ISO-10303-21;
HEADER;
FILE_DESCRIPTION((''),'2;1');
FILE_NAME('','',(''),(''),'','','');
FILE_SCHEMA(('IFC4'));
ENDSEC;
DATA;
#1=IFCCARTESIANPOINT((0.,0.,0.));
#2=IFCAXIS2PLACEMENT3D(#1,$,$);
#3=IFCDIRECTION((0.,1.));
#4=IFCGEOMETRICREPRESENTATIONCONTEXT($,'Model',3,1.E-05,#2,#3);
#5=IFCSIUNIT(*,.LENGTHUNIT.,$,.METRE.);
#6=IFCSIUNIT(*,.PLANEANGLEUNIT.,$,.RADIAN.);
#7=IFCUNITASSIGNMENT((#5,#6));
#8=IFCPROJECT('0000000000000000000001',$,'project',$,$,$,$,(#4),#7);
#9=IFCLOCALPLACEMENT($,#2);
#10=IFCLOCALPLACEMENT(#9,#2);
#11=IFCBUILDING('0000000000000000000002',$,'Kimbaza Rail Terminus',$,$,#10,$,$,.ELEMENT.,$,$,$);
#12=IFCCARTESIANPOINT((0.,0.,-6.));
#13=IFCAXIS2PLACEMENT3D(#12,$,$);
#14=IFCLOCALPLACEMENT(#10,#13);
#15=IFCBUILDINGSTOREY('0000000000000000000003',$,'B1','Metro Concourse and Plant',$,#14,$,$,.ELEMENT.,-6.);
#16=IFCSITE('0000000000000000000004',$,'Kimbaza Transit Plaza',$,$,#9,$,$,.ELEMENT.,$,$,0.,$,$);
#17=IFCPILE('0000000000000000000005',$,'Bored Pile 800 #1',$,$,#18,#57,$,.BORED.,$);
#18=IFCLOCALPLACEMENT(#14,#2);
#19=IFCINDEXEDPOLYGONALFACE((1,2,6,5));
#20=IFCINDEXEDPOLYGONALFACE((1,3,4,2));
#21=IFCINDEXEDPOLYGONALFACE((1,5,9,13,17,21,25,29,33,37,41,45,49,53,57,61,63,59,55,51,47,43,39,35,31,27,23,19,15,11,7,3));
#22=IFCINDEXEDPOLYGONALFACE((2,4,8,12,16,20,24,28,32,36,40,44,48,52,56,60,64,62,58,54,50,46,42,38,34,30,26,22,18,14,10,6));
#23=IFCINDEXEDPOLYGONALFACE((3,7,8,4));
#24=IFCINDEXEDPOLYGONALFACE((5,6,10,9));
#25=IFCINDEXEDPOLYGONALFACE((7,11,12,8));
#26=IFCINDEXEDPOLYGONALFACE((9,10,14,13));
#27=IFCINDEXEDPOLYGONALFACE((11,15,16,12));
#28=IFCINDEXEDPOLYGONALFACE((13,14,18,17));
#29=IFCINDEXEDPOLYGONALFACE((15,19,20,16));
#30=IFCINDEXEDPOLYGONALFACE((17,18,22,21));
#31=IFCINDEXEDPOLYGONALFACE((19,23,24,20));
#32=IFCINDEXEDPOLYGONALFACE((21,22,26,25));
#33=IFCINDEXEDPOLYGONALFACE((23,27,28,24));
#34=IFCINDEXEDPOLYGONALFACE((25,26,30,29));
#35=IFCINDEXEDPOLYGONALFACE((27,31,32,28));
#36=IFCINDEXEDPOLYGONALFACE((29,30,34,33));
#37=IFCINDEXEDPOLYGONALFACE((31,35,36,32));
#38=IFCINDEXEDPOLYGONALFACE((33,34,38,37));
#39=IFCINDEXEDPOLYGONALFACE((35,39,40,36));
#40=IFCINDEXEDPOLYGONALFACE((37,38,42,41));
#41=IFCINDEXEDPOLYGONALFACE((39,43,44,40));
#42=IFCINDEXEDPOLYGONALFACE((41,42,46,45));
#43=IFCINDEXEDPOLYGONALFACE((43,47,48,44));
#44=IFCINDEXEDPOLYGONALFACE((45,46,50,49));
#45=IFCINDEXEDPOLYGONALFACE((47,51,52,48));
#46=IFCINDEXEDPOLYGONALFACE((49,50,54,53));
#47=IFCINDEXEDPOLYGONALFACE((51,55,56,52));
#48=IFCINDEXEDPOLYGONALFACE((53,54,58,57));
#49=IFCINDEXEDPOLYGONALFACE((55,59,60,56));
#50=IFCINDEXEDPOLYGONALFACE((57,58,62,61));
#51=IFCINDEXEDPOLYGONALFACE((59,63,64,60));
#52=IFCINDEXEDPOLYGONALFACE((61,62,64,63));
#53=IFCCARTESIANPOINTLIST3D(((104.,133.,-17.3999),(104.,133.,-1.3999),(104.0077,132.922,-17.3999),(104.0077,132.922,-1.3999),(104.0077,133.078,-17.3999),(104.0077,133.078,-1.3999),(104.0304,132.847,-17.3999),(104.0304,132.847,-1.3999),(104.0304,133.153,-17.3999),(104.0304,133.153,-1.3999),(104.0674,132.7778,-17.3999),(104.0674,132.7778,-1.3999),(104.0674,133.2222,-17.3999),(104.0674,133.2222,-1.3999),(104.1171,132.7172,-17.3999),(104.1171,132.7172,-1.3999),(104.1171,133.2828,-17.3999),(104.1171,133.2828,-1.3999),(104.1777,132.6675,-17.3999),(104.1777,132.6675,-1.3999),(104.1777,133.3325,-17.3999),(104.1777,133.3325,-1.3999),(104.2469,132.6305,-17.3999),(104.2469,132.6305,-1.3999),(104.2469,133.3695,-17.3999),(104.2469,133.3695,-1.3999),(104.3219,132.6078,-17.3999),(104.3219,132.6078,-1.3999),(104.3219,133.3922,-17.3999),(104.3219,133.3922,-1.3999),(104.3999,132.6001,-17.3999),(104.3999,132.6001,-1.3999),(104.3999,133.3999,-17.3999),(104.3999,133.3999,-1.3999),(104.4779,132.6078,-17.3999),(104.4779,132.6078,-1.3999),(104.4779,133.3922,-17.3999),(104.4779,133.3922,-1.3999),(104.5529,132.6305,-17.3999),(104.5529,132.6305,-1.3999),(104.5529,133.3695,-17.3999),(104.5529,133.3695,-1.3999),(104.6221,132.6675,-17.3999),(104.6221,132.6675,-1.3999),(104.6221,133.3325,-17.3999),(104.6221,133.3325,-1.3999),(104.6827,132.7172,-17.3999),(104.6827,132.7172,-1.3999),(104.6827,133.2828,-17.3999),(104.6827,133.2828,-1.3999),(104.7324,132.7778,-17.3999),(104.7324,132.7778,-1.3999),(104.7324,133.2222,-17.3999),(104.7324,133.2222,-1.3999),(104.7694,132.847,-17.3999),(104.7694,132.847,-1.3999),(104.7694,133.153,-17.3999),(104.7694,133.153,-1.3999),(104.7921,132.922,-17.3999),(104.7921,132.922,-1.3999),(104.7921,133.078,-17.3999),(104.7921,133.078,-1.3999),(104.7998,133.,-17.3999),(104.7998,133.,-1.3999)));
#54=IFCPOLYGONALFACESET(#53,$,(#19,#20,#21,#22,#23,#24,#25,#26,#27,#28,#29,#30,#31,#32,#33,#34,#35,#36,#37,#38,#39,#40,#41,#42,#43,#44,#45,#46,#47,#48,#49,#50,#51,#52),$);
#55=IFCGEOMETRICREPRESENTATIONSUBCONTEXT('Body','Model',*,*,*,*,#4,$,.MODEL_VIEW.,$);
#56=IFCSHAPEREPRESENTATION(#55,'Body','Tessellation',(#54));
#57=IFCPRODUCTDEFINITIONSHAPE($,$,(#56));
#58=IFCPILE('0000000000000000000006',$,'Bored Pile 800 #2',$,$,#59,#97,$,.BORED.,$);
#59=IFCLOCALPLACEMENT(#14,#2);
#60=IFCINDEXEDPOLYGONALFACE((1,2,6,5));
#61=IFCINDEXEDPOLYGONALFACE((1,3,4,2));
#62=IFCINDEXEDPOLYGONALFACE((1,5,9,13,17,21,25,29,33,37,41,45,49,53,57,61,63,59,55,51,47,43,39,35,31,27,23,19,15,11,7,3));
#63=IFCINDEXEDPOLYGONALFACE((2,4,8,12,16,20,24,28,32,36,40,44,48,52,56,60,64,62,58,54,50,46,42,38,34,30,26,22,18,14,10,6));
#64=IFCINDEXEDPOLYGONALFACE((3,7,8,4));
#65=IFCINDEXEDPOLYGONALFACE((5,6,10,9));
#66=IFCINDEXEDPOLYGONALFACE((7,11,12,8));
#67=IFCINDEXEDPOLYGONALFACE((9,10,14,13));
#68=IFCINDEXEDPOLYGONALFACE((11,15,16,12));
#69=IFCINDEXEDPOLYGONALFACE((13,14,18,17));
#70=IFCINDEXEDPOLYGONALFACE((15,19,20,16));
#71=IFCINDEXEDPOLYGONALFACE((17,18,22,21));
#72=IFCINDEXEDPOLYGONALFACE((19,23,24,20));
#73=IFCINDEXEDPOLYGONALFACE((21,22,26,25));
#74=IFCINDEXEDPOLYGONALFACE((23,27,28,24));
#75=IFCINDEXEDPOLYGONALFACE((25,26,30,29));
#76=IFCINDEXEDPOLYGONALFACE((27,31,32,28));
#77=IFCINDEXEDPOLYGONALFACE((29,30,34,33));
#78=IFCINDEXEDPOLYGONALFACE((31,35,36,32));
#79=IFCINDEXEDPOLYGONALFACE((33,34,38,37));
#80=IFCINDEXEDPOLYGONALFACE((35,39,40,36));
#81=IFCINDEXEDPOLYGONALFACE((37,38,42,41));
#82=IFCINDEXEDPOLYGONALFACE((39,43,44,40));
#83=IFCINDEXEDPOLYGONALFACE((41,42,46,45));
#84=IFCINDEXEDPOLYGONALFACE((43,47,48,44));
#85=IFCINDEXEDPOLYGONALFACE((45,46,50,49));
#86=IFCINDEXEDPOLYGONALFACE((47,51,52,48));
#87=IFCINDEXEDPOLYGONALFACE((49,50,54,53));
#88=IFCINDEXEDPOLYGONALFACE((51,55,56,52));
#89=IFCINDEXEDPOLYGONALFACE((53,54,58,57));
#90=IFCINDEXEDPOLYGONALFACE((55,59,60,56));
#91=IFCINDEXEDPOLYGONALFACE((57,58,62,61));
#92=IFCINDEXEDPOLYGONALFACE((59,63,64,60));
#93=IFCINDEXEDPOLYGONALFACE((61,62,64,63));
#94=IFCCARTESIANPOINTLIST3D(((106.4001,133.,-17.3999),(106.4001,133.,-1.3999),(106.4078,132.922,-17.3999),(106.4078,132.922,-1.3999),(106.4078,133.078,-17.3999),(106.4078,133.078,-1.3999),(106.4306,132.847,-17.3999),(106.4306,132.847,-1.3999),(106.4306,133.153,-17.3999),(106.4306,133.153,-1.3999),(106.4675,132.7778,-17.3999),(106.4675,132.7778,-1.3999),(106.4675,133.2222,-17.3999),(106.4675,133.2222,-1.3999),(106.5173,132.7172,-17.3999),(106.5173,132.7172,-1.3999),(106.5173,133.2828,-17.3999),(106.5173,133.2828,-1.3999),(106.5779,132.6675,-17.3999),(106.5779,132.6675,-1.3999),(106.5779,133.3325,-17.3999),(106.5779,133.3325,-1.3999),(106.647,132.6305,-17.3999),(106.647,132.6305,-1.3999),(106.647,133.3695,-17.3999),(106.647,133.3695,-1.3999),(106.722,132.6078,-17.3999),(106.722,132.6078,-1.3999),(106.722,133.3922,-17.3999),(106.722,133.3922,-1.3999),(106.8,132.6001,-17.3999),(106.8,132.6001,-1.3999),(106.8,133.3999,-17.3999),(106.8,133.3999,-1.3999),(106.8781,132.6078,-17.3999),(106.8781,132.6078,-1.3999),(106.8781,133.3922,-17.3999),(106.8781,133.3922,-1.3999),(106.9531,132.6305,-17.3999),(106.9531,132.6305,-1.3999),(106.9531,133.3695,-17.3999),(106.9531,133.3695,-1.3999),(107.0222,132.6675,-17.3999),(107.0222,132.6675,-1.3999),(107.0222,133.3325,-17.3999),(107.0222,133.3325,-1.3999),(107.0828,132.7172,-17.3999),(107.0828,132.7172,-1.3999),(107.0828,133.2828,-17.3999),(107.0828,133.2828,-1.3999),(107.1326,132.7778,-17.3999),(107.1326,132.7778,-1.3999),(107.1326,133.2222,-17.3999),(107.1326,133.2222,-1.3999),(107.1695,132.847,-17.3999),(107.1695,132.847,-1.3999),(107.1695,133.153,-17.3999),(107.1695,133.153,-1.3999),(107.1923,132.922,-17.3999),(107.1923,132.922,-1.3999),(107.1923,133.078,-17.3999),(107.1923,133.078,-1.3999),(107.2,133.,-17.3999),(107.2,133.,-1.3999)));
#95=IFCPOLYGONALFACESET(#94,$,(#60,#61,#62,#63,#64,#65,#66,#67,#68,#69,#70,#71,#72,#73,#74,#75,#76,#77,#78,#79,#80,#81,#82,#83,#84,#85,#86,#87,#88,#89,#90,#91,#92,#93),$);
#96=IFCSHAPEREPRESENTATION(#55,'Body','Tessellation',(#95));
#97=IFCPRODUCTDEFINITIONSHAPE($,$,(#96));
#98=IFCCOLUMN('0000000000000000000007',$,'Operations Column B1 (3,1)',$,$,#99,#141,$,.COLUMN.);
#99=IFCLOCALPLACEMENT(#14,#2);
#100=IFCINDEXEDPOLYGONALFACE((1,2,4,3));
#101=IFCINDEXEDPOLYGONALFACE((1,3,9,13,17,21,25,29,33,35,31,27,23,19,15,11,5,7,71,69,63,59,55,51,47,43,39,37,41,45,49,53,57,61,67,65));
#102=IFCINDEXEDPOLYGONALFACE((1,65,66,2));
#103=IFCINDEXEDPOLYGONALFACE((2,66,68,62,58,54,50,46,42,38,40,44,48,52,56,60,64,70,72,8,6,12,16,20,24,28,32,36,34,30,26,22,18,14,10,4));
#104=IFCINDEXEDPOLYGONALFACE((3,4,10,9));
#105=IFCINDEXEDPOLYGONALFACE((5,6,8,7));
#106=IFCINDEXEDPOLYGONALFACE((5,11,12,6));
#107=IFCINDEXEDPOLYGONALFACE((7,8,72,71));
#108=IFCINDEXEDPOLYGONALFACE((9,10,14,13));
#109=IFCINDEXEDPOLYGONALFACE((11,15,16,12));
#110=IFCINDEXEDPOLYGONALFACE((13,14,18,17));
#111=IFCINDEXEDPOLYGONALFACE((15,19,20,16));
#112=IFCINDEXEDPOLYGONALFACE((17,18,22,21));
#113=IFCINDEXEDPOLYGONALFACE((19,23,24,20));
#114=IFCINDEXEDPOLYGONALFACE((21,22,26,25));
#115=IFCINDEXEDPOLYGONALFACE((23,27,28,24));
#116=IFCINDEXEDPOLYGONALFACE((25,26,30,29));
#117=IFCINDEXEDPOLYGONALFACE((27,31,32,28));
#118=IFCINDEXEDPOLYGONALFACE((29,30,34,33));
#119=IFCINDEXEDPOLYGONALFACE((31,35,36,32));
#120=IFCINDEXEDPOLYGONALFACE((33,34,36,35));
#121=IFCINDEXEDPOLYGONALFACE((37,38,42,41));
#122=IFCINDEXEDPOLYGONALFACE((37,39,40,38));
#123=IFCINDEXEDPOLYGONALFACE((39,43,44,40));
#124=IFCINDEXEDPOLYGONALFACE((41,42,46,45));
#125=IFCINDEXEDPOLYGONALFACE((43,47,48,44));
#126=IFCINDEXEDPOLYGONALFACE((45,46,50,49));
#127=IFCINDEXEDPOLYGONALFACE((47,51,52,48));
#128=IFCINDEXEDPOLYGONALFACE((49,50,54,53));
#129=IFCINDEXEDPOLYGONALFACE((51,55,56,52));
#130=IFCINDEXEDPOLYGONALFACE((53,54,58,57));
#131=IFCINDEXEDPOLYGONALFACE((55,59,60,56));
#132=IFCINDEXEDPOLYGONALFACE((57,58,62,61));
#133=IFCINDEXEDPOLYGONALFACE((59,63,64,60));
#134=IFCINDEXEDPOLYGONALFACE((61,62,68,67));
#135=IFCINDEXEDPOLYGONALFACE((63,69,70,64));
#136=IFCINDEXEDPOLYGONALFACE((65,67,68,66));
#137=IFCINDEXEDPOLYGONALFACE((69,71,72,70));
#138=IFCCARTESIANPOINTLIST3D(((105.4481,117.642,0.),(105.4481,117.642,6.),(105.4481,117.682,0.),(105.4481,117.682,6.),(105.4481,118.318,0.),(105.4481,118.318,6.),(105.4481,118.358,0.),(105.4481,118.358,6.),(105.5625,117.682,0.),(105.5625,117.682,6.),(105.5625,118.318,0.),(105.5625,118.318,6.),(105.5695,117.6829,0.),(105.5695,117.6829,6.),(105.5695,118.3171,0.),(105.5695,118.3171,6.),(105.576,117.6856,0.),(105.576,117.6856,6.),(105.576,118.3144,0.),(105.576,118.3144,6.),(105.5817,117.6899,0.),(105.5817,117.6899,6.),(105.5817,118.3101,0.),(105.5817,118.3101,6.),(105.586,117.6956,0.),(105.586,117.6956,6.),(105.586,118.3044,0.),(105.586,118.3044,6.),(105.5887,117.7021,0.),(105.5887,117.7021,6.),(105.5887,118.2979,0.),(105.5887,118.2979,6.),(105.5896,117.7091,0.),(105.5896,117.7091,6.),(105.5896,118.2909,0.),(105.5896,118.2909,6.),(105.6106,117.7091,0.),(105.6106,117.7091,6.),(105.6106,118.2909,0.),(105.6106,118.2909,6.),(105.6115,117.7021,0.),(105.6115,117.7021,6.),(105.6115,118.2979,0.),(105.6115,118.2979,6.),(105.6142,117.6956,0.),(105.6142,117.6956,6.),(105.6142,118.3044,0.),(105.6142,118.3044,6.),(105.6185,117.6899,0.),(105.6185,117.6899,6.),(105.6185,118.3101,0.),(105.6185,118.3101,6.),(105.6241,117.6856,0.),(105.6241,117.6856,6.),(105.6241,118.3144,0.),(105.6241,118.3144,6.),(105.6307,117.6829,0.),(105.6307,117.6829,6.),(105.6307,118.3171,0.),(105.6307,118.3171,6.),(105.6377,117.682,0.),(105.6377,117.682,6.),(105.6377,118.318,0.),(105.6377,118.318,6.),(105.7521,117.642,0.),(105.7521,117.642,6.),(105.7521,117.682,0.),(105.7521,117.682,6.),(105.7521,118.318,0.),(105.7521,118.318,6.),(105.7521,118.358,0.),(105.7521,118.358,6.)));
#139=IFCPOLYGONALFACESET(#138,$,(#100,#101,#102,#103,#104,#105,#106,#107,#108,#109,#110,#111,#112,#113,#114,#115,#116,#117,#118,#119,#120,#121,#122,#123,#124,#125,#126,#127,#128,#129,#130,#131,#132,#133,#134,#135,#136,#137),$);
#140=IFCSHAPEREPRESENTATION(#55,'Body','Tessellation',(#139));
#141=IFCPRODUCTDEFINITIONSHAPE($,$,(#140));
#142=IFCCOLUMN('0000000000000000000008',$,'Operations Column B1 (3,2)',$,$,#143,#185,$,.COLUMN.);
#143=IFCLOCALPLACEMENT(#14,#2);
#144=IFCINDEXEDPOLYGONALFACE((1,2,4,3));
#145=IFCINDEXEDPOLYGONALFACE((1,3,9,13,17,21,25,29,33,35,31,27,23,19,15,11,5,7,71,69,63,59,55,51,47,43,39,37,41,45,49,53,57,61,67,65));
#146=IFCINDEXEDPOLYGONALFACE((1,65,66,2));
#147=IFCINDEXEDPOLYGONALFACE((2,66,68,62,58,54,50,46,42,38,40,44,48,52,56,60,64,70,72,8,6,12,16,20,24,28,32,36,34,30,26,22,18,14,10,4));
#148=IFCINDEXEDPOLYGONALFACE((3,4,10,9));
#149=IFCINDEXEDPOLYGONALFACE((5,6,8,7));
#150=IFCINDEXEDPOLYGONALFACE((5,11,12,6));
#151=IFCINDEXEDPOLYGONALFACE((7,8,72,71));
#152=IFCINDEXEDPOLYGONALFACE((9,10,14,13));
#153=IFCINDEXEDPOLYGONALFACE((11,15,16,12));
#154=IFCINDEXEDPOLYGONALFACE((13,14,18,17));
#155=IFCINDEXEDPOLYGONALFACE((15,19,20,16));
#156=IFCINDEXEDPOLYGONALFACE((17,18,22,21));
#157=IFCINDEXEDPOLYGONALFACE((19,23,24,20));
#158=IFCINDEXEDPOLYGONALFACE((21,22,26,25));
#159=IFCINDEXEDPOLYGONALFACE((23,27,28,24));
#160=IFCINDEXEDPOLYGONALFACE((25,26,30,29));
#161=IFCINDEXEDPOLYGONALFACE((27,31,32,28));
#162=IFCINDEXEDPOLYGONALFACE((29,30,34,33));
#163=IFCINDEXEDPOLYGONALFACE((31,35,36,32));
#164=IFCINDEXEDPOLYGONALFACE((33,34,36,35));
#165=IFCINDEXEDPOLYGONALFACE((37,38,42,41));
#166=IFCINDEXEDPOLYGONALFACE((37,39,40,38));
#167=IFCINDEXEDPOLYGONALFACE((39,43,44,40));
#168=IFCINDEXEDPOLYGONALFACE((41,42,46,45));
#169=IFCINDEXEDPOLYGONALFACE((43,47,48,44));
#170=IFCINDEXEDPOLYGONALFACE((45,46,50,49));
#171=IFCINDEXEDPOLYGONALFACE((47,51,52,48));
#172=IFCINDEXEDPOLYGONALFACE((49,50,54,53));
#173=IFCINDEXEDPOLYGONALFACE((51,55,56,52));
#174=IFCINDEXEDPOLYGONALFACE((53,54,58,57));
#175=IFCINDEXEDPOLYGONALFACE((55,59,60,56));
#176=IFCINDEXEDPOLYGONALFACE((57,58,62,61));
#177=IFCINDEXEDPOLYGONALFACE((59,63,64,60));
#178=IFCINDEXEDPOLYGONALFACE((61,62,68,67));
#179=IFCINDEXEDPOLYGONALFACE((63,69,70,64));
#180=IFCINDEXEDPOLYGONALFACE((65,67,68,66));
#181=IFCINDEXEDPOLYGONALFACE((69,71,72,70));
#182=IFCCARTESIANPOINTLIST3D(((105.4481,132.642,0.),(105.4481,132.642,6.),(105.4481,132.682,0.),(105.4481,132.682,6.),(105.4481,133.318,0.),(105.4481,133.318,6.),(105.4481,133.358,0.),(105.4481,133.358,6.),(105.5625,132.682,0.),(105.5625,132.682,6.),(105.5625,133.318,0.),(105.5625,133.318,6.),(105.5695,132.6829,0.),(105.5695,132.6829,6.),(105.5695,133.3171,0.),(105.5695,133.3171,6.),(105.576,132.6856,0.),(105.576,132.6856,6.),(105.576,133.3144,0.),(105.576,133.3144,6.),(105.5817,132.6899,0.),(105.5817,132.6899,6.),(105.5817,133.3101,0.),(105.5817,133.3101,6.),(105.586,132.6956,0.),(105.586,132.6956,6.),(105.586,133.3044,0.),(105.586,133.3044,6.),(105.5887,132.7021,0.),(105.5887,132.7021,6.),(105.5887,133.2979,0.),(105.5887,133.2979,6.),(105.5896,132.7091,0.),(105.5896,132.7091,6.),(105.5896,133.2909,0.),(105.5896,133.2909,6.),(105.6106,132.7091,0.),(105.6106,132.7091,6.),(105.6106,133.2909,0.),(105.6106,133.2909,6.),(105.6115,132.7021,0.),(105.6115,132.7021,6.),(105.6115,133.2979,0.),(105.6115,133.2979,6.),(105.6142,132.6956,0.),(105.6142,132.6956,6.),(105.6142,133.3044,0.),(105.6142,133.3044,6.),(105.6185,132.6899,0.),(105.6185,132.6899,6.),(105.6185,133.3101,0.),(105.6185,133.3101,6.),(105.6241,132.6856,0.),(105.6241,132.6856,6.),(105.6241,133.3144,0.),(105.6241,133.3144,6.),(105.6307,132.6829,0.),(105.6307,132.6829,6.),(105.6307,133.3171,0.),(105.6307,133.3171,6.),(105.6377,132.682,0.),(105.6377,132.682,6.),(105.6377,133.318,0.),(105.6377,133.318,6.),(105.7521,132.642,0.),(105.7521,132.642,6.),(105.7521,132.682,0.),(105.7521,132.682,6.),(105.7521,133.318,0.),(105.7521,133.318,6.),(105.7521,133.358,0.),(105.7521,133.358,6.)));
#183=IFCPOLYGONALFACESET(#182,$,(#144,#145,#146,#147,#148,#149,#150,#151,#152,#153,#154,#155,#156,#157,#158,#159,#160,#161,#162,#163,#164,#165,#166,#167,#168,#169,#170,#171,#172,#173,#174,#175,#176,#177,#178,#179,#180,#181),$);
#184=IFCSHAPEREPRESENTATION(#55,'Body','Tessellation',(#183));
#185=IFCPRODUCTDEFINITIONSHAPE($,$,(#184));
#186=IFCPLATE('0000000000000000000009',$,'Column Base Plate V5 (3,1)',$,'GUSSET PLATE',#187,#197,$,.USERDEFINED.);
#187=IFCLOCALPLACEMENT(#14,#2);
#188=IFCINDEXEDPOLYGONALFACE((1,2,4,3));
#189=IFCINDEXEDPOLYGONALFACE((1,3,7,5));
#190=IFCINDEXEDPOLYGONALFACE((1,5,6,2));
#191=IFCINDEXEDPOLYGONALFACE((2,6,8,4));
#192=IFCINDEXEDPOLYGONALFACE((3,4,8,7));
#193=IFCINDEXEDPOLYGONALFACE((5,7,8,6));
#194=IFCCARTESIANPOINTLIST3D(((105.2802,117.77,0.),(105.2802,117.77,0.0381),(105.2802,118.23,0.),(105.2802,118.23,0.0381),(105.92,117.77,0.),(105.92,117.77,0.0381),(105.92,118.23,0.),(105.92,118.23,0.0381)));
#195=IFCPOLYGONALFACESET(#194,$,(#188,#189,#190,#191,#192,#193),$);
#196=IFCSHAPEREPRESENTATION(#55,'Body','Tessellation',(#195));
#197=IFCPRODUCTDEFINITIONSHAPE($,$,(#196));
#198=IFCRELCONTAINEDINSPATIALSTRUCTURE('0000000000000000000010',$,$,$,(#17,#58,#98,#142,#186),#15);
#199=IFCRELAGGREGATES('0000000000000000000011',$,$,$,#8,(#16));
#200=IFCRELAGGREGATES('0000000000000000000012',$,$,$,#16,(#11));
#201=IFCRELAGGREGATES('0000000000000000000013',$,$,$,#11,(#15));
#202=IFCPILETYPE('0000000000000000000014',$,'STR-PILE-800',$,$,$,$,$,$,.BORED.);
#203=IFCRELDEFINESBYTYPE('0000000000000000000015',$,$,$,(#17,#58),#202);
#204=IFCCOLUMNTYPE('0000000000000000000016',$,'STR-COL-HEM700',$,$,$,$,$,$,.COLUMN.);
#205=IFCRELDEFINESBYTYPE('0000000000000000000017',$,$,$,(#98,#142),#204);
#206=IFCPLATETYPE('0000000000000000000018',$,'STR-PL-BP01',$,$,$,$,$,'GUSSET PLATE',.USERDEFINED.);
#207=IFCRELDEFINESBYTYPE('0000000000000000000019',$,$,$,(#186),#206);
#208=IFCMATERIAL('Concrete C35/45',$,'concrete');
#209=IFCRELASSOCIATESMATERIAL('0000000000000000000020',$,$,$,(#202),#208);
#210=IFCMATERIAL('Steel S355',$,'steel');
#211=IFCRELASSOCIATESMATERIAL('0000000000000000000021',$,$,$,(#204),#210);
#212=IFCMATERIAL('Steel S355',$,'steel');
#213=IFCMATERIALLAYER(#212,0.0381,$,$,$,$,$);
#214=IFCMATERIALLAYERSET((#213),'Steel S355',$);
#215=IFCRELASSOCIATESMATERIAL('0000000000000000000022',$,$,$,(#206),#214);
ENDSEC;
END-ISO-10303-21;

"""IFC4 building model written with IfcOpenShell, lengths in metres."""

from ifc_helpers import new_model, si_unit, direction, frame, origin, origin_2d, place, context, subcontext, project, spatial, rectangle, circle, i_section, extrude, material, layer, layer_set, material_profile, profile_set, type_object, element, save


model = new_model("IFC4")

# Units and contexts
model_context = context("Model", 3, precision=1e-05, world=origin(), true_north=direction((0.0, 1.0)))
body_context = subcontext(model_context, "Body", "Model", "MODEL_VIEW")
ifc_project = project(units=[si_unit("LENGTHUNIT", "METRE"), si_unit("PLANEANGLEUNIT", "RADIAN")], contexts=[model_context])

# Site, building, storey
site_placement = place(None, origin())
site = spatial("IfcSite", under=ifc_project, at=site_placement, Name="Kimbaza Transit Plaza", CompositionType="ELEMENT", RefElevation=0.0)
building_placement = place(site_placement, origin())
building = spatial("IfcBuilding", under=site, at=building_placement, Name="Kimbaza Rail Terminus", CompositionType="ELEMENT")
storey_placement = place(building_placement, frame((0.0, 0.0, -6.0)))
storey = spatial("IfcBuildingStorey", under=building, at=storey_placement, Name="B1", Description="Metro Concourse and Plant", CompositionType="ELEMENT", Elevation=-6.0)

# Piles
ifc_material_1 = material(Name="Concrete C35/45", Category="concrete")
ifc_material_profile_1 = material_profile(ifc_material_1, circle(Radius=0.3999, at=origin_2d()), Name="BORED PILE 800")
ifc_profile_set_1 = profile_set([ifc_material_profile_1], Name="Concrete C35/45")
pile_type_1 = type_object("IfcPileType", Name="STR-PILE-800", PredefinedType="BORED", material=ifc_profile_set_1)
for number, where, z_axis, x_axis, name in (
    (1, (104.3999, 133.0, -1.3999), (0.0, 0.0, -1.0), (1.0, 0.0, 0.0), "Bored Pile 800 #1"),
    (2, (106.8, 133.0, -1.3999), (0.0, 0.0, -1.0), (1.0, 0.0, 0.0), "Bored Pile 800 #2"),
):
    element("IfcPile", number, at=place(storey_placement, frame(where, z_axis=z_axis, x_axis=x_axis)), inside=storey, type_object=pile_type_1, Name=name, PredefinedType="BORED", context=body_context, shape_type="SweptSolid", body=[
        extrude(circle(Radius=0.3999, at=origin_2d()), origin(), (0.0, 0.0, 1.0), 16.0),
    ])

# Columns
ifc_material_2 = material(Name="Steel S355", Category="steel")
ifc_material_profile_2 = material_profile(ifc_material_2, i_section(OverallWidth=0.304, OverallDepth=0.7161, WebThickness=0.021, FlangeThickness=0.04, FilletRadius=0.0271, at=origin_2d()), Name="HEM 700")
ifc_profile_set_2 = profile_set([ifc_material_profile_2], Name="Steel S355")
column_type = type_object("IfcColumnType", Name="STR-COL-HEM700", PredefinedType="COLUMN", material=ifc_profile_set_2)
for number, where, z_axis, x_axis, name in (
    (3, (105.6001, 118.0, 0.0), (0.0, 0.0, 1.0), (1.0, 0.0, 0.0), "Operations Column B1 (3,1)"),
    (4, (105.6001, 133.0, 0.0), (0.0, 0.0, 1.0), (1.0, 0.0, 0.0), "Operations Column B1 (3,2)"),
):
    element("IfcColumn", number, at=place(storey_placement, frame(where, z_axis=z_axis, x_axis=x_axis)), inside=storey, type_object=column_type, Name=name, PredefinedType="COLUMN", context=body_context, shape_type="SweptSolid", body=[
        extrude(i_section(OverallWidth=0.304, OverallDepth=0.7161, WebThickness=0.021, FlangeThickness=0.04, FilletRadius=0.0271, at=origin_2d()), origin(), (0.0, 0.0, 1.0), 6.0),
    ])

# Plate
ifc_material_3 = material(Name="Steel S355", Category="steel")
ifc_layer_1 = layer(ifc_material_3, 0.0381)
ifc_layer_set_1 = layer_set([ifc_layer_1], Name="Steel S355")
plate_type = type_object("IfcPlateType", Name="STR-PL-BP01", ElementType="GUSSET PLATE", PredefinedType="USERDEFINED", material=ifc_layer_set_1)
for number, where, z_axis, x_axis, name in (
    (5, (105.6001, 118.0, 0.0), (0.0, 0.0, 1.0), (1.0, 0.0, 0.0), "Column Base Plate V5 (3,1)"),
):
    element("IfcPlate", number, at=place(storey_placement, frame(where, z_axis=z_axis, x_axis=x_axis)), inside=storey, type_object=plate_type, Name=name, ObjectType="GUSSET PLATE", PredefinedType="USERDEFINED", context=body_context, shape_type="SweptSolid", body=[
        extrude(rectangle(XDim=0.6399, YDim=0.46, at=origin_2d()), origin(), (0.0, 0.0, 1.0), 0.0381),
    ])

save(model, "model.ifc")
